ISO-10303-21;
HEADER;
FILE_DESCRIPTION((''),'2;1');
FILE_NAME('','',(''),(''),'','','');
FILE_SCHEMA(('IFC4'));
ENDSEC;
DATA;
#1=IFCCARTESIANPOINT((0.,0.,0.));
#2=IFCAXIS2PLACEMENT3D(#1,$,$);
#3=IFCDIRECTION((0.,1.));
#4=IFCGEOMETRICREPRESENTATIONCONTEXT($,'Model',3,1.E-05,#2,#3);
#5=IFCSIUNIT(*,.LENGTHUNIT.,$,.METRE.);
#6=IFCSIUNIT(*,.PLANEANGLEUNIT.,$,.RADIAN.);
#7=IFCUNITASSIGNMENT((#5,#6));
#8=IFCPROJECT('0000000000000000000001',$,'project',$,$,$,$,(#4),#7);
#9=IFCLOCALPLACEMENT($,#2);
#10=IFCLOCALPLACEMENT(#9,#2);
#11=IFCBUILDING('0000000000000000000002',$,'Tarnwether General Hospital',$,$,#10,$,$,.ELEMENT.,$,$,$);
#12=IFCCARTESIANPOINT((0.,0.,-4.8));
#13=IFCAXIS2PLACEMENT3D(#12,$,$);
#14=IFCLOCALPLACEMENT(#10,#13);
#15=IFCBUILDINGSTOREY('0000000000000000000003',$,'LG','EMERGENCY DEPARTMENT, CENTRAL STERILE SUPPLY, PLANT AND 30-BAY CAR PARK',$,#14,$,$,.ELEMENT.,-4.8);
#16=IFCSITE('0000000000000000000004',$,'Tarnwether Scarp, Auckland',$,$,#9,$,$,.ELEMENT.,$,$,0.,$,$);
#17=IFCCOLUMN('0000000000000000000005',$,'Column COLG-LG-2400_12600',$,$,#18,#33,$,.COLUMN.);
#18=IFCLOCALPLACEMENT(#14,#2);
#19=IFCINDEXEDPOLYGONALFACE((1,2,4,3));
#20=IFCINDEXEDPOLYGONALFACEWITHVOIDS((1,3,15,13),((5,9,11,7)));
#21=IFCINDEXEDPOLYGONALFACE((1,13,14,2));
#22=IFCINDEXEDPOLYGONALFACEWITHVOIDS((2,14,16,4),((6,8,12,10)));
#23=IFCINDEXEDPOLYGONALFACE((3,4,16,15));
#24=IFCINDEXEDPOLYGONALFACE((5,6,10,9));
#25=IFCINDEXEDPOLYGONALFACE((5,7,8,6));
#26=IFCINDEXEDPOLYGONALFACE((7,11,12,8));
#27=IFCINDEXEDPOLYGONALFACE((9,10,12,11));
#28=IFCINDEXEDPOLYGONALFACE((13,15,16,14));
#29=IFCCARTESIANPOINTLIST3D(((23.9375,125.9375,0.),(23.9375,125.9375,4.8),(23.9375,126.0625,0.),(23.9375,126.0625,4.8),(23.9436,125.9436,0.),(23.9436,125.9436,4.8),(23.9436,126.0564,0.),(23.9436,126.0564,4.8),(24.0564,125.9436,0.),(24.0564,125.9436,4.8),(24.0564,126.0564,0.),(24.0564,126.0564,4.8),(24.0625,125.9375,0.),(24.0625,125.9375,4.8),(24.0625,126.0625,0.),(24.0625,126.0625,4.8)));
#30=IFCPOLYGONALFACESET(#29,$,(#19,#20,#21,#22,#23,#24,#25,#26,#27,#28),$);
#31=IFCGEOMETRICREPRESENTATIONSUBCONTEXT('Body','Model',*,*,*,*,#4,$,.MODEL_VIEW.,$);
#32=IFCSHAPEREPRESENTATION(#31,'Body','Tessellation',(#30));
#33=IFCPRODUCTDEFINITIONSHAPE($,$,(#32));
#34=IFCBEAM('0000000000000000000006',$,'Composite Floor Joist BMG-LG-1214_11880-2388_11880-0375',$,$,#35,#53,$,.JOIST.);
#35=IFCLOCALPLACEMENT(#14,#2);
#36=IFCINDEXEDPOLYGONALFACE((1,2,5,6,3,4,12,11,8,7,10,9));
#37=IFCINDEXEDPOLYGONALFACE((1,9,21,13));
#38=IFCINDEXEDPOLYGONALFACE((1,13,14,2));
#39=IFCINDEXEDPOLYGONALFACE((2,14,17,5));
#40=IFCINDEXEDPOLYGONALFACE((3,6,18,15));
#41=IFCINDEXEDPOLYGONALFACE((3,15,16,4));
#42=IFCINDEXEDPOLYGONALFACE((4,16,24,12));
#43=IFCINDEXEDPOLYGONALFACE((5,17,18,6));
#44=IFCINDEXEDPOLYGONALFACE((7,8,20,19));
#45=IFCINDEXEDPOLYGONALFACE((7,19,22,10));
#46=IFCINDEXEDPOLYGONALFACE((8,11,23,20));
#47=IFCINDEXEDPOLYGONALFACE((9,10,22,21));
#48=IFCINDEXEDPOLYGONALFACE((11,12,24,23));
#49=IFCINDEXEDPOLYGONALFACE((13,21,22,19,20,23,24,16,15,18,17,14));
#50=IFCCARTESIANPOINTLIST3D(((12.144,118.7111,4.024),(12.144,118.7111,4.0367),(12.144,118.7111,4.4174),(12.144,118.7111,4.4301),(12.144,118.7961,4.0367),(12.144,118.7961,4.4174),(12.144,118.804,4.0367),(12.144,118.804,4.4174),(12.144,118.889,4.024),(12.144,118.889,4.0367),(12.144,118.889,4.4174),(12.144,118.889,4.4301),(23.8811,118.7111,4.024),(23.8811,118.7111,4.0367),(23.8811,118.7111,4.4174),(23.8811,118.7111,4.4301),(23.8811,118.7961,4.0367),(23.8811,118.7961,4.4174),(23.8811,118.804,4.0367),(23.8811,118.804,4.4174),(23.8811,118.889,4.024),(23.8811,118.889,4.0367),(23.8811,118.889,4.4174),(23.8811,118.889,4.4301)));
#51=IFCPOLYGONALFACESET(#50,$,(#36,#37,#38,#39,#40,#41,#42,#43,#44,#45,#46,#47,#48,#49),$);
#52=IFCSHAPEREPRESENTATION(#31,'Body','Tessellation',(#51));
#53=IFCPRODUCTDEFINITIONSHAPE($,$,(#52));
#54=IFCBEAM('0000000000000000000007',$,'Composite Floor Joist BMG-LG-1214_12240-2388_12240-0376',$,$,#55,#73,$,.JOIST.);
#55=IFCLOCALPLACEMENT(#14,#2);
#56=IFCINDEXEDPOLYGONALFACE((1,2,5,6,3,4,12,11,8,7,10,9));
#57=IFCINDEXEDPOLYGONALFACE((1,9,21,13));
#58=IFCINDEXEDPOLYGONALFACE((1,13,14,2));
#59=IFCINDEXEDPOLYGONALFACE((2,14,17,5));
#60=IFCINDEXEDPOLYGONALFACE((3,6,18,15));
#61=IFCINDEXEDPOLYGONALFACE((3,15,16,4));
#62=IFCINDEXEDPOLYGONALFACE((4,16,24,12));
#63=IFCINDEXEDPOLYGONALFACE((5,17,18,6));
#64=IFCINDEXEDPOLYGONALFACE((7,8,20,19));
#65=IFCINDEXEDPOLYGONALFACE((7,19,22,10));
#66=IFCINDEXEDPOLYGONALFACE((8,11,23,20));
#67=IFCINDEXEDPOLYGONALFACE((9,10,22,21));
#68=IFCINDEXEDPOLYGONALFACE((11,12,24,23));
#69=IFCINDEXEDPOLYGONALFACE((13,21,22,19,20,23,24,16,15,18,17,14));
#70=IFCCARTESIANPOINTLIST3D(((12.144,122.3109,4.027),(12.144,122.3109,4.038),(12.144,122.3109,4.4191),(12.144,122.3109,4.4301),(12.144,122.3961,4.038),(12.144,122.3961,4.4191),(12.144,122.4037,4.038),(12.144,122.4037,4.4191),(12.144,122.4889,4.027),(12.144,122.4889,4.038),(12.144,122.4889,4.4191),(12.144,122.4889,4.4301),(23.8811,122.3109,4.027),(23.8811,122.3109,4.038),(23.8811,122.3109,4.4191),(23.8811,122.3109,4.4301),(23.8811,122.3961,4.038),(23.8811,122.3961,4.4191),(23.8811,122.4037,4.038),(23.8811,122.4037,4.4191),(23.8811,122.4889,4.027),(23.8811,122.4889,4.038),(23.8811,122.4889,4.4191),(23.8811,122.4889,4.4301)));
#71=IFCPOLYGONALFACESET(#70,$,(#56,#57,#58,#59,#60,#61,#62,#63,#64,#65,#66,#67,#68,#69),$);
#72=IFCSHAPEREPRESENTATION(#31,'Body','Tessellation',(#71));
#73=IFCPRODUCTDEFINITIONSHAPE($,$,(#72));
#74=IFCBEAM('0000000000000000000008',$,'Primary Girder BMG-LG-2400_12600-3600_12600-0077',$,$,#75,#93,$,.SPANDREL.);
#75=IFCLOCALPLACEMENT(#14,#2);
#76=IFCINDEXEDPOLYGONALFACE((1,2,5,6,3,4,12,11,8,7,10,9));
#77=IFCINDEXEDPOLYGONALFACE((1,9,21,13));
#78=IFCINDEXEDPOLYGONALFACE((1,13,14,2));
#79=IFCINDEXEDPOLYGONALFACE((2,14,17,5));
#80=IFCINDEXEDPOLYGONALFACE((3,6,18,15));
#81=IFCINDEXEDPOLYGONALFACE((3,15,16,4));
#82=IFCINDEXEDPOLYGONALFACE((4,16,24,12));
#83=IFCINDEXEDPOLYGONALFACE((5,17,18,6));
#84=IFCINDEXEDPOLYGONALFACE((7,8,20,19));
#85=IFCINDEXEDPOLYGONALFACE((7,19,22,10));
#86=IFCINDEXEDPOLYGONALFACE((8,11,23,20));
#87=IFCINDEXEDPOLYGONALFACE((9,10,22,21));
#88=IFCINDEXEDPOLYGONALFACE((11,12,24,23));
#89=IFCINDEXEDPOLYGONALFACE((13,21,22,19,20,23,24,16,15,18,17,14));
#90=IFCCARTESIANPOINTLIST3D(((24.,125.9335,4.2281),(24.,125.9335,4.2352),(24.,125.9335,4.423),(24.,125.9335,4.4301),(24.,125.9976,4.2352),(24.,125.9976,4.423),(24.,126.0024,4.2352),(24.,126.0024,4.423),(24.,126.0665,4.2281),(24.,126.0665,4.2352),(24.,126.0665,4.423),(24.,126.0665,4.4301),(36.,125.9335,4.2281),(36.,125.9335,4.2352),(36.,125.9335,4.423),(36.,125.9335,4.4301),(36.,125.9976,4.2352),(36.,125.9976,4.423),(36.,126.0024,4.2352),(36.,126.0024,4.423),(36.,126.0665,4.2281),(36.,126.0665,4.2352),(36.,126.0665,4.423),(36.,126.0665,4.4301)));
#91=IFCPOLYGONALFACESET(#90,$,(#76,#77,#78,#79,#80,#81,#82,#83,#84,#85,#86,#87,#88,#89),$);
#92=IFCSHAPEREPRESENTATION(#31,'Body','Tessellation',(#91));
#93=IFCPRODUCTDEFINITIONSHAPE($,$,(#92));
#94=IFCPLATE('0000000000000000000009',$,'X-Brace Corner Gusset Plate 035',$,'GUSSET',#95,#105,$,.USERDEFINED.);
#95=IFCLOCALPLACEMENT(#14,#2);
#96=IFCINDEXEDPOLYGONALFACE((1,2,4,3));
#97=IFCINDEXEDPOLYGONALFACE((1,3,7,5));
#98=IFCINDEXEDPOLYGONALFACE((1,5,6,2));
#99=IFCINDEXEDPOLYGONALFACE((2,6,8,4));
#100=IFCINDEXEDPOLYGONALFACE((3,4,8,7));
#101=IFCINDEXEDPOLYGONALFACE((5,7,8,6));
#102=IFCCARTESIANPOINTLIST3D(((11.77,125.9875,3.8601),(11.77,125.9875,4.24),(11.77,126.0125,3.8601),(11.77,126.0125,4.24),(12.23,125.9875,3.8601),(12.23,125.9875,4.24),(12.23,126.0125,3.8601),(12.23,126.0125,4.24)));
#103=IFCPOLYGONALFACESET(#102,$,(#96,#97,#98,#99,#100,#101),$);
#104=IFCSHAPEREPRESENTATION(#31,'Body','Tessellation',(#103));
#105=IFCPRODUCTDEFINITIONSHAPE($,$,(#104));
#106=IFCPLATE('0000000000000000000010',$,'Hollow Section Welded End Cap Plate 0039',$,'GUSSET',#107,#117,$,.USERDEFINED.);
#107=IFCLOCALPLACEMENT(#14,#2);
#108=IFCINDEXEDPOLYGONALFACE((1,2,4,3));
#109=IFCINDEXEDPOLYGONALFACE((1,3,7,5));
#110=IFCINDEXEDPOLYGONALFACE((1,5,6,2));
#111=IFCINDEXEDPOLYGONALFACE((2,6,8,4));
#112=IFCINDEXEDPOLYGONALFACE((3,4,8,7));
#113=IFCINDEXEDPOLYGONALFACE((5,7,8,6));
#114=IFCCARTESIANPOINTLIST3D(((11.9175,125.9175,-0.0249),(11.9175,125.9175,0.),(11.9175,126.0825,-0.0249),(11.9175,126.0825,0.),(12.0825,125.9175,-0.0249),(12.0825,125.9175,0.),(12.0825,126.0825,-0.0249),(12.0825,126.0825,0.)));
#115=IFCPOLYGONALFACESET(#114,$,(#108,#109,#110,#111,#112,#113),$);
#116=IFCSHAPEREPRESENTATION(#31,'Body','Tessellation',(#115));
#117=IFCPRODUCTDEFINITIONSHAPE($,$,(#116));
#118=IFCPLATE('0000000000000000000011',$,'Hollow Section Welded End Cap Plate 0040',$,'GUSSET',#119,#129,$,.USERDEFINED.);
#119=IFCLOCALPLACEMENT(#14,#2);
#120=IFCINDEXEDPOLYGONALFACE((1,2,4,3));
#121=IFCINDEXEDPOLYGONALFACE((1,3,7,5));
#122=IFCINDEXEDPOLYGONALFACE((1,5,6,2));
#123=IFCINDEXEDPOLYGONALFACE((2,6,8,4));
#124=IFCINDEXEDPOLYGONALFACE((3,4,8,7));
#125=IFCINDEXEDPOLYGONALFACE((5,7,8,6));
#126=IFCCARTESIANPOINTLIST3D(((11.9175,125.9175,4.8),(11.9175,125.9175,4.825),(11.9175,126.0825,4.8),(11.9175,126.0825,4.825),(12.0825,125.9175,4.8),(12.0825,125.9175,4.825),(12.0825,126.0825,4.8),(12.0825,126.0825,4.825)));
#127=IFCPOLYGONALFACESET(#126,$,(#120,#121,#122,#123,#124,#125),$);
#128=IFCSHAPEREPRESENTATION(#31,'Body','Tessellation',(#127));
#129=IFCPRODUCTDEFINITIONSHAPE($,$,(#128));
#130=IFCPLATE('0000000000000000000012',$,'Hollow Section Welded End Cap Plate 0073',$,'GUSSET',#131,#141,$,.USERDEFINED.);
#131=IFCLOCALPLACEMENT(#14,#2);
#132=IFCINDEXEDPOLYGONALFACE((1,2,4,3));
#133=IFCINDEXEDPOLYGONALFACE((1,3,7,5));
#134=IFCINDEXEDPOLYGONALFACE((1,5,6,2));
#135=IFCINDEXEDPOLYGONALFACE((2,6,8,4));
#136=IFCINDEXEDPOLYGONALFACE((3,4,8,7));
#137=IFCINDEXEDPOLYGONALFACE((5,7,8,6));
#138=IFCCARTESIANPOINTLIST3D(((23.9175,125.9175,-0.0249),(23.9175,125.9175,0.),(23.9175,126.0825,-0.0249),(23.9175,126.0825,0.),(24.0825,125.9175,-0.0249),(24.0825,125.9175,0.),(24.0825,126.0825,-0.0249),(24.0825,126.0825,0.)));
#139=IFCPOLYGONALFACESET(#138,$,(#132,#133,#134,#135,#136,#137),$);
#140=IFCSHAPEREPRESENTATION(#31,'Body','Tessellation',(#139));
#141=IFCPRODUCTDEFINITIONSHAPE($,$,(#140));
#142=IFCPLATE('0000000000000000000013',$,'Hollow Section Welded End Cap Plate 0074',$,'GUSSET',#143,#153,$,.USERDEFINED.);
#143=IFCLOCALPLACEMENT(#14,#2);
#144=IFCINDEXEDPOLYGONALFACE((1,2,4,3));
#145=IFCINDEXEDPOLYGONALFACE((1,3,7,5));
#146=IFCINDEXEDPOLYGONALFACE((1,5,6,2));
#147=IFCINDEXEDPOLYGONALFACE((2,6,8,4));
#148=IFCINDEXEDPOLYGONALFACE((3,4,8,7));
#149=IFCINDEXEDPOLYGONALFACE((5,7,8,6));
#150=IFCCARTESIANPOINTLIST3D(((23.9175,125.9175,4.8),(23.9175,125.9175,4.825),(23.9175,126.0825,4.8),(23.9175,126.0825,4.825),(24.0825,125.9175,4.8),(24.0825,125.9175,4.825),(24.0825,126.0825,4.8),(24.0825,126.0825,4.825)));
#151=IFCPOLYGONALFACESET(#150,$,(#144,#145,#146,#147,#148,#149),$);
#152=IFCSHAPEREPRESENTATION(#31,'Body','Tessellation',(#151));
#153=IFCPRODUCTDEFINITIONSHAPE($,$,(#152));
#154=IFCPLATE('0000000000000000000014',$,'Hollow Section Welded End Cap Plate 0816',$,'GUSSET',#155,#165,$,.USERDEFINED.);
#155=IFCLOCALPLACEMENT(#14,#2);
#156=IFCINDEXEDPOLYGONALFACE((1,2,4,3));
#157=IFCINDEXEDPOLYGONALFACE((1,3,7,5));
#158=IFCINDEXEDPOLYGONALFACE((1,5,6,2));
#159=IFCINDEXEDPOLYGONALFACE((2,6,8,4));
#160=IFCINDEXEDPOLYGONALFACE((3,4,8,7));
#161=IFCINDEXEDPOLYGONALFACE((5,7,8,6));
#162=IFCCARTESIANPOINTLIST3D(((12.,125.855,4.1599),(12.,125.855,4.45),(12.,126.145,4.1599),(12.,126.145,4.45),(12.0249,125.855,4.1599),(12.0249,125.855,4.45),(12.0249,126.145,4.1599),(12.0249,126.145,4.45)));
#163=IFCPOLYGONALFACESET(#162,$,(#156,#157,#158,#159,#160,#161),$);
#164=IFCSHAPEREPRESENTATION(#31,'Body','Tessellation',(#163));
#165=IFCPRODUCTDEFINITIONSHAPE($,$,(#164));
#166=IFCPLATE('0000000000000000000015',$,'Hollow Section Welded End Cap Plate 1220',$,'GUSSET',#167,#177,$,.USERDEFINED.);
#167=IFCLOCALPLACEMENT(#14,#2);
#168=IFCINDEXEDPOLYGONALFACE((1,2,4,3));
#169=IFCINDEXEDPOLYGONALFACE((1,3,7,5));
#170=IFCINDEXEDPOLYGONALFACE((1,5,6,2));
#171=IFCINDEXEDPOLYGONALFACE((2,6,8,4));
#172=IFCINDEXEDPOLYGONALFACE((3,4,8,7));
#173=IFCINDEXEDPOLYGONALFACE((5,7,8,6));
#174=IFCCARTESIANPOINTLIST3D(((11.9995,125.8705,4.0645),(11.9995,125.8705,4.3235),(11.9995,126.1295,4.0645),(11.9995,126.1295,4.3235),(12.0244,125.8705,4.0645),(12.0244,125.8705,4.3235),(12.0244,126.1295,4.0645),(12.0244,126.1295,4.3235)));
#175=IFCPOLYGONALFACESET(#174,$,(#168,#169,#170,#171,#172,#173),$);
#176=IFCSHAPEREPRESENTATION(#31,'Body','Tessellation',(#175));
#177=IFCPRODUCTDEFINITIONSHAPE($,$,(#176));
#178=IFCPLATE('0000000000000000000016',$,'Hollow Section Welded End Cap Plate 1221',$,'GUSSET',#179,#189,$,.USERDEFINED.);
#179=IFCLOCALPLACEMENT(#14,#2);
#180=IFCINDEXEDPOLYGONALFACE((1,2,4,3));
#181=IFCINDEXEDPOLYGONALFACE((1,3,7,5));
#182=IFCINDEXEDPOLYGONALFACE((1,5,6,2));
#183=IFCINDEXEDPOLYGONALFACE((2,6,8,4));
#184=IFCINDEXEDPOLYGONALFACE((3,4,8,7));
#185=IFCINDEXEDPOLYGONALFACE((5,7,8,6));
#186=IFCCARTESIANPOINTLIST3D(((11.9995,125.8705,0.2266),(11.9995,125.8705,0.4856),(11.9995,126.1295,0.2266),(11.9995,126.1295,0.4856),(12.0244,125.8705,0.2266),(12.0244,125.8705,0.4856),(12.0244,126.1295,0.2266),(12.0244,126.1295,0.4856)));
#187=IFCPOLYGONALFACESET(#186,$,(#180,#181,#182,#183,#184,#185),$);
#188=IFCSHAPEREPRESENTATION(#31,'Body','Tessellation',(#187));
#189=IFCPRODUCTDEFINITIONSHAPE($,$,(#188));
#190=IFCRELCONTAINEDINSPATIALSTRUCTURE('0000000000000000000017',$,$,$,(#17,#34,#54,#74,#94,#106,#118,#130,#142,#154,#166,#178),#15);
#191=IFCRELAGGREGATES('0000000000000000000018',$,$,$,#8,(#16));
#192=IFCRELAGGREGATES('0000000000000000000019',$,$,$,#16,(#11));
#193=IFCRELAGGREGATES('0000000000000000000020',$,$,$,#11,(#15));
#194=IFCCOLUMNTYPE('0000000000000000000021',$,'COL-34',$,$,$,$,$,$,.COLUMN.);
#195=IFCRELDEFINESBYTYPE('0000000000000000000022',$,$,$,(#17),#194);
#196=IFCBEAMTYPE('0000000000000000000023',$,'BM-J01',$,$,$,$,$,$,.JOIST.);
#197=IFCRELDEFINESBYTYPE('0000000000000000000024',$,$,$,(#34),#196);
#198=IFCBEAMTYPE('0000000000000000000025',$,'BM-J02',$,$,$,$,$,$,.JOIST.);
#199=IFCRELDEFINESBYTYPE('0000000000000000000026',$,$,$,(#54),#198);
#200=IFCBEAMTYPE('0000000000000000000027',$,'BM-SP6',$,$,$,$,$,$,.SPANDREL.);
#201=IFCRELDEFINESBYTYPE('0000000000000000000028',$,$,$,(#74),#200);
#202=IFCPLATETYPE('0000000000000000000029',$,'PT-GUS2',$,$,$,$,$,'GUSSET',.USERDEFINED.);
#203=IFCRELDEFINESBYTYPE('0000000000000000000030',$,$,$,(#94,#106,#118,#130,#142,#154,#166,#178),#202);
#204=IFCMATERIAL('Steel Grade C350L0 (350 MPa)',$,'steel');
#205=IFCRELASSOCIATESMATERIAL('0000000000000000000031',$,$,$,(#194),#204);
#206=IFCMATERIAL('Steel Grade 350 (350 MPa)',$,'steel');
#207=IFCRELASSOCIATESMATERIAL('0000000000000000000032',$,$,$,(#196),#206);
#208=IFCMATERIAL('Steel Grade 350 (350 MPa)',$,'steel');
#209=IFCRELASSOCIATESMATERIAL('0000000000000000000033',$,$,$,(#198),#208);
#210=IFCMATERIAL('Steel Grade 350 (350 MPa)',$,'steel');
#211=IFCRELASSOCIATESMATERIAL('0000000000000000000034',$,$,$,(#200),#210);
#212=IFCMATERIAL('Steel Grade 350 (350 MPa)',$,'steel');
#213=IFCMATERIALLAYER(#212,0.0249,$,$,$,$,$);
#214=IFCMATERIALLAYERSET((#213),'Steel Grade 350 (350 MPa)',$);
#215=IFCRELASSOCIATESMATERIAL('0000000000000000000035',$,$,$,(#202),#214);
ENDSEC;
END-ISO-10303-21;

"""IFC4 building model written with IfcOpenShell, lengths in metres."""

from ifc_helpers import new_model, si_unit, direction, frame, origin, origin_2d, place, context, subcontext, project, spatial, rectangle, hollow_rectangle, i_section, extrude, material, layer, layer_set, material_profile, profile_set, type_object, element, save


model = new_model("IFC4")

# Units and contexts
model_context = context("Model", 3, precision=1e-05, world=origin(), true_north=direction((0.0, 1.0)))
body_context = subcontext(model_context, "Body", "Model", "MODEL_VIEW")
ifc_project = project(units=[si_unit("LENGTHUNIT", "METRE"), si_unit("PLANEANGLEUNIT", "RADIAN")], contexts=[model_context])

# Site, building, storey
site_placement = place(None, origin())
site = spatial("IfcSite", under=ifc_project, at=site_placement, Name="Tarnwether Scarp, Auckland", CompositionType="ELEMENT", RefElevation=0.0)
building_placement = place(site_placement, origin())
building = spatial("IfcBuilding", under=site, at=building_placement, Name="Tarnwether General Hospital", CompositionType="ELEMENT")
storey_placement = place(building_placement, frame((0.0, 0.0, -4.8)))
storey = spatial("IfcBuildingStorey", under=building, at=storey_placement, Name="LG", Description="EMERGENCY DEPARTMENT, CENTRAL STERILE SUPPLY, PLANT AND 30-BAY CAR PARK", CompositionType="ELEMENT", Elevation=-4.8)

# Column
ifc_material_1 = material(Name="Steel Grade C350L0 (350 MPa)", Category="steel")
ifc_material_profile_1 = material_profile(ifc_material_1, hollow_rectangle(XDim=0.125, YDim=0.125, WallThickness=0.0061, at=origin_2d()), Name="SHS125x125x6")
ifc_profile_set_1 = profile_set([ifc_material_profile_1], Name="Steel Grade C350L0 (350 MPa)")
column_type = type_object("IfcColumnType", Name="COL-34", PredefinedType="COLUMN", material=ifc_profile_set_1)
column_placement = place(storey_placement, frame((24.0, 126.0, 0.0), z_axis=(0.0, 0.0, 1.0), x_axis=(1.0, 0.0, 0.0)))
element("IfcColumn", 1, at=column_placement, inside=storey, type_object=column_type, Name="Column COLG-LG-2400_12600", PredefinedType="COLUMN", context=body_context, shape_type="SweptSolid", body=[
    extrude(hollow_rectangle(XDim=0.125, YDim=0.125, WallThickness=0.0061, at=origin_2d()), origin(), (0.0, 0.0, 1.0), 4.8),
])

# Beams
ifc_material_2 = material(Name="Steel Grade 350 (350 MPa)", Category="steel")
ifc_material_profile_2 = material_profile(ifc_material_2, i_section(OverallWidth=0.178, OverallDepth=0.406, WebThickness=0.0078, FlangeThickness=0.0127, at=origin_2d()), Name="410UB59.7")
ifc_profile_set_2 = profile_set([ifc_material_profile_2], Name="Steel Grade 350 (350 MPa)")
beam_type_1 = type_object("IfcBeamType", Name="BM-J01", PredefinedType="JOIST", material=ifc_profile_set_2)
beam_1_placement = place(storey_placement, frame((12.144, 118.8, 4.2271), z_axis=(1.0, 0.0, 0.0), x_axis=(0.0, 1.0, 0.0)))
element("IfcBeam", 2, at=beam_1_placement, inside=storey, type_object=beam_type_1, Name="Composite Floor Joist BMG-LG-1214_11880-2388_11880-0375", PredefinedType="JOIST", context=body_context, shape_type="SweptSolid", body=[
    extrude(i_section(OverallWidth=0.178, OverallDepth=0.406, WebThickness=0.0078, FlangeThickness=0.0127, at=origin_2d()), origin(), (0.0, 0.0, 1.0), 11.7371),
])
ifc_material_3 = material(Name="Steel Grade 350 (350 MPa)", Category="steel")
ifc_material_profile_3 = material_profile(ifc_material_3, i_section(OverallWidth=0.178, OverallDepth=0.4031, WebThickness=0.0076, FlangeThickness=0.011, at=origin_2d()), Name="410UB53.7")
ifc_profile_set_3 = profile_set([ifc_material_profile_3], Name="Steel Grade 350 (350 MPa)")
beam_type_2 = type_object("IfcBeamType", Name="BM-J02", PredefinedType="JOIST", material=ifc_profile_set_3)
beam_2_placement = place(storey_placement, frame((12.144, 122.3999, 4.2285), z_axis=(1.0, 0.0, 0.0), x_axis=(0.0, 1.0, 0.0)))
element("IfcBeam", 3, at=beam_2_placement, inside=storey, type_object=beam_type_2, Name="Composite Floor Joist BMG-LG-1214_12240-2388_12240-0376", PredefinedType="JOIST", context=body_context, shape_type="SweptSolid", body=[
    extrude(i_section(OverallWidth=0.178, OverallDepth=0.4031, WebThickness=0.0076, FlangeThickness=0.011, at=origin_2d()), origin(), (0.0, 0.0, 1.0), 11.7371),
])
ifc_material_4 = material(Name="Steel Grade 350 (350 MPa)", Category="steel")
ifc_material_profile_4 = material_profile(ifc_material_4, i_section(OverallWidth=0.1331, OverallDepth=0.2019, WebThickness=0.0049, FlangeThickness=0.0071, at=origin_2d()), Name="200UB22.3")
ifc_profile_set_4 = profile_set([ifc_material_profile_4], Name="Steel Grade 350 (350 MPa)")
beam_type_3 = type_object("IfcBeamType", Name="BM-SP6", PredefinedType="SPANDREL", material=ifc_profile_set_4)
beam_3_placement = place(storey_placement, frame((24.0, 126.0, 4.3291), z_axis=(1.0, 0.0, 0.0), x_axis=(0.0, 1.0, 0.0)))
element("IfcBeam", 4, at=beam_3_placement, inside=storey, type_object=beam_type_3, Name="Primary Girder BMG-LG-2400_12600-3600_12600-0077", PredefinedType="SPANDREL", context=body_context, shape_type="SweptSolid", body=[
    extrude(i_section(OverallWidth=0.1331, OverallDepth=0.2019, WebThickness=0.0049, FlangeThickness=0.0071, at=origin_2d()), origin(), (0.0, 0.0, 1.0), 12.0),
])

# Plates
ifc_material_5 = material(Name="Steel Grade 350 (350 MPa)", Category="steel")
ifc_layer = layer(ifc_material_5, 0.0249)
ifc_layer_set = layer_set([ifc_layer], Name="Steel Grade 350 (350 MPa)")
plate_type = type_object("IfcPlateType", Name="PT-GUS2", ElementType="GUSSET", PredefinedType="USERDEFINED", material=ifc_layer_set)
plate_1_placement = place(storey_placement, frame((12.0, 126.0, 3.8601), z_axis=(0.0, 0.0, 1.0), x_axis=(1.0, 0.0, 0.0)))
element("IfcPlate", 5, at=plate_1_placement, inside=storey, type_object=plate_type, Name="X-Brace Corner Gusset Plate 035", ObjectType="GUSSET", PredefinedType="USERDEFINED", context=body_context, shape_type="SweptSolid", body=[
    extrude(rectangle(XDim=0.46, YDim=0.0249, at=origin_2d()), origin(), (0.0, 0.0, 1.0), 0.3799),
])
for number, where, z_axis, x_axis, name in (
    (6, (12.0, 126.0, -0.0249), (0.0, 0.0, 1.0), (1.0, 0.0, 0.0), "Hollow Section Welded End Cap Plate 0039"),
    (7, (12.0, 126.0, 4.8), (0.0, 0.0, 1.0), (1.0, 0.0, 0.0), "Hollow Section Welded End Cap Plate 0040"),
    (8, (24.0, 126.0, -0.0249), (0.0, 0.0, 1.0), (1.0, 0.0, 0.0), "Hollow Section Welded End Cap Plate 0073"),
    (9, (24.0, 126.0, 4.8), (0.0, 0.0, 1.0), (1.0, 0.0, 0.0), "Hollow Section Welded End Cap Plate 0074"),
):
    element("IfcPlate", number, at=place(storey_placement, frame(where, z_axis=z_axis, x_axis=x_axis)), inside=storey, type_object=plate_type, Name=name, ObjectType="GUSSET", PredefinedType="USERDEFINED", context=body_context, shape_type="SweptSolid", body=[
        extrude(rectangle(XDim=0.165, YDim=0.165, at=origin_2d()), origin(), (0.0, 0.0, 1.0), 0.0249),
    ])
plate_2_placement = place(storey_placement, frame((12.0125, 126.0, 4.1599), z_axis=(0.0, 0.0, 1.0), x_axis=(1.0, 0.0, 0.0)))
element("IfcPlate", 10, at=plate_2_placement, inside=storey, type_object=plate_type, Name="Hollow Section Welded End Cap Plate 0816", ObjectType="GUSSET", PredefinedType="USERDEFINED", context=body_context, shape_type="SweptSolid", body=[
    extrude(rectangle(XDim=0.0249, YDim=0.29, at=origin_2d()), origin(), (0.0, 0.0, 1.0), 0.29),
])
for number, where, z_axis, x_axis, name in (
    (11, (12.012, 126.0, 4.0645), (0.0, 0.0, 1.0), (1.0, 0.0, 0.0), "Hollow Section Welded End Cap Plate 1220"),
    (12, (12.012, 126.0, 0.2266), (0.0, 0.0, 1.0), (-1.0, 0.0, 0.0), "Hollow Section Welded End Cap Plate 1221"),
):
    element("IfcPlate", number, at=place(storey_placement, frame(where, z_axis=z_axis, x_axis=x_axis)), inside=storey, type_object=plate_type, Name=name, ObjectType="GUSSET", PredefinedType="USERDEFINED", context=body_context, shape_type="SweptSolid", body=[
        extrude(rectangle(XDim=0.0249, YDim=0.259, at=origin_2d()), origin(), (0.0, 0.0, 1.0), 0.259),
    ])

save(model, "model.ifc")
